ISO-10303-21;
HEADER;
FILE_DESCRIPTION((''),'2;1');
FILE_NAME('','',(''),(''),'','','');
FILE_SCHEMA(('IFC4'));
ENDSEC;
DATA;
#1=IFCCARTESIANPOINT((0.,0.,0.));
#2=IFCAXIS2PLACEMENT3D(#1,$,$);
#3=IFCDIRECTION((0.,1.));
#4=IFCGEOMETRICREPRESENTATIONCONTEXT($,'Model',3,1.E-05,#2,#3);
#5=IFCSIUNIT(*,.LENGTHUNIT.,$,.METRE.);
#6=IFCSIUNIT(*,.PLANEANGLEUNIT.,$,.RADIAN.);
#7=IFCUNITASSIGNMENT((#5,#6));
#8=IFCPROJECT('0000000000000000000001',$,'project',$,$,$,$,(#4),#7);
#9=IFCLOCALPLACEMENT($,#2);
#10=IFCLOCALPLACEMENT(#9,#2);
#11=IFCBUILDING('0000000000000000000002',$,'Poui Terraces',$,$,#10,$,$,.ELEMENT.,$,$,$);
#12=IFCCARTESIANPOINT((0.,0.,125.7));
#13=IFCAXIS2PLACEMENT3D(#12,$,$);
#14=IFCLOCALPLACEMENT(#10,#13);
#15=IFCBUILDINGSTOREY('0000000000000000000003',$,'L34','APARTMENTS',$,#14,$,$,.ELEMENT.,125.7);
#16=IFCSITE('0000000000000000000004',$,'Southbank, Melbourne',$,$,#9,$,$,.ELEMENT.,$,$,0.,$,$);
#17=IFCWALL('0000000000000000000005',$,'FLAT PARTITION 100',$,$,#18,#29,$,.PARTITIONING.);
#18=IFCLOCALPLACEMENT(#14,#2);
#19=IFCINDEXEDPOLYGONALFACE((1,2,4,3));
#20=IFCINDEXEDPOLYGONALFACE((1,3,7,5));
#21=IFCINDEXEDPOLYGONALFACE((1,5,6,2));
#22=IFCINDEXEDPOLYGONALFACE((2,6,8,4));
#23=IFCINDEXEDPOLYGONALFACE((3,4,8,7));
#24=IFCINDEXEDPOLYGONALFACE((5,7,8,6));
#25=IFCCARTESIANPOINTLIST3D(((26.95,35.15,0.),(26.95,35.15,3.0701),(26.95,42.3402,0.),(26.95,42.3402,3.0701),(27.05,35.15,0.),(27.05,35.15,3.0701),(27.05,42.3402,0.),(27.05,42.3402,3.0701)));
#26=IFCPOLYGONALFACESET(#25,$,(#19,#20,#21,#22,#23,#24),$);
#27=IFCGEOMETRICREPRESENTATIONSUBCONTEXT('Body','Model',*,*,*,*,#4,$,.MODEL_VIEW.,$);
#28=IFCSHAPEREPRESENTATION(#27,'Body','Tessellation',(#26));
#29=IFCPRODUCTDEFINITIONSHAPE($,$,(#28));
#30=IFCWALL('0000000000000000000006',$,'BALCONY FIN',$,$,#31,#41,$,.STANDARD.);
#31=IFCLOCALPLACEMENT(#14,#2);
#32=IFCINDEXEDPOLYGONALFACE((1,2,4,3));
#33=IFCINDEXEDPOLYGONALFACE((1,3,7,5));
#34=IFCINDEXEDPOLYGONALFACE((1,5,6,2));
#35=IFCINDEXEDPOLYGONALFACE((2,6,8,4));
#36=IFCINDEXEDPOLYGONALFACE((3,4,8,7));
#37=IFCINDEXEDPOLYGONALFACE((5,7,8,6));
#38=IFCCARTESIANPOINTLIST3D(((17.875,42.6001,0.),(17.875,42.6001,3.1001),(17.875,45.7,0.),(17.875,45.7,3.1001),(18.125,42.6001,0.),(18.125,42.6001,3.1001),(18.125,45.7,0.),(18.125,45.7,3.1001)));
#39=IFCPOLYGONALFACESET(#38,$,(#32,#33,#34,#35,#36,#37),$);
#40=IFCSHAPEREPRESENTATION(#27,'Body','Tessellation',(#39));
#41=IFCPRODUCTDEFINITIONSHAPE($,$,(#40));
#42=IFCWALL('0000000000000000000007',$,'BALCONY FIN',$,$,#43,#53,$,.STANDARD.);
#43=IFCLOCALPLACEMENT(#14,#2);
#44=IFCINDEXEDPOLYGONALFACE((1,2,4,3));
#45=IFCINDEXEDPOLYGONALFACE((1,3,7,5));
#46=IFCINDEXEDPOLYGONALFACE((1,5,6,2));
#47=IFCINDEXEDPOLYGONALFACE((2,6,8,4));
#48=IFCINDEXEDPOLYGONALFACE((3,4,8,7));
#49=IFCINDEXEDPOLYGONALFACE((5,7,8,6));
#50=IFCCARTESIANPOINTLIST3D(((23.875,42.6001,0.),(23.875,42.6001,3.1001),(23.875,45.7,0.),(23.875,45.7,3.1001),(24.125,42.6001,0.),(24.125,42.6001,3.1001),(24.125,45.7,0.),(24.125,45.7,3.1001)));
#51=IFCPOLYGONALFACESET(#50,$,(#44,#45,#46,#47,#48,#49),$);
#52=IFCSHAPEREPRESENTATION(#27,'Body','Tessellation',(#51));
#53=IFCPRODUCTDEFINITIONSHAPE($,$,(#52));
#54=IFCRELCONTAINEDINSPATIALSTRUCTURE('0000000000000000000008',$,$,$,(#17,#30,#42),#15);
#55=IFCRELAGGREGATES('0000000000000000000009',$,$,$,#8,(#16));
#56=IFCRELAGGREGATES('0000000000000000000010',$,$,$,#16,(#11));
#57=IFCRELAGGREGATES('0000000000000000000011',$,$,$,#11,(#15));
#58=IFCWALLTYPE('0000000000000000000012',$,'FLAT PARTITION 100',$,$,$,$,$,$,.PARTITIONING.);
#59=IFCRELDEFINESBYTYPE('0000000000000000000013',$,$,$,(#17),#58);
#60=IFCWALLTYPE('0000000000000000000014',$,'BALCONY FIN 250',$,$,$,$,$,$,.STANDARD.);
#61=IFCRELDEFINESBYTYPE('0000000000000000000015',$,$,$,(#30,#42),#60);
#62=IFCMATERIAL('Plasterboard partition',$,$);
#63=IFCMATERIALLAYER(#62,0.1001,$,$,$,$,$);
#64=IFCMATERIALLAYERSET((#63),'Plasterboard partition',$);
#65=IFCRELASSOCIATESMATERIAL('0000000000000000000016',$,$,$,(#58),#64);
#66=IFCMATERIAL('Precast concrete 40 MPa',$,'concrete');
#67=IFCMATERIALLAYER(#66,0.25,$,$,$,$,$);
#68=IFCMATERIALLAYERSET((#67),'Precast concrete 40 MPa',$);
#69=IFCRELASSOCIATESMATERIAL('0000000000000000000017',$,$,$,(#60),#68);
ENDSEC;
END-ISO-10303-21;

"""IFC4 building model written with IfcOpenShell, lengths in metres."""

from ifc_helpers import new_model, si_unit, direction, frame, frame_2d, origin, place, context, subcontext, project, spatial, polyline, rectangle, outline, extrude, source, transform, mapped, material, layer, layer_set, type_object, element, save


model = new_model("IFC4")

# Units and contexts
model_context = context("Model", 3, precision=1e-05, world=origin(), true_north=direction((0.0, 1.0)))
body_context = subcontext(model_context, "Body", "Model", "MODEL_VIEW")
ifc_project = project(units=[si_unit("LENGTHUNIT", "METRE"), si_unit("PLANEANGLEUNIT", "RADIAN")], contexts=[model_context])

# Site, building, storey
site_placement = place(None, origin())
site = spatial("IfcSite", under=ifc_project, at=site_placement, Name="Southbank, Melbourne", CompositionType="ELEMENT", RefElevation=0.0)
building_placement = place(site_placement, origin())
building = spatial("IfcBuilding", under=site, at=building_placement, Name="Poui Terraces", CompositionType="ELEMENT")
storey_placement = place(building_placement, frame((0.0, 0.0, 125.7)))
storey = spatial("IfcBuildingStorey", under=building, at=storey_placement, Name="L34", Description="APARTMENTS", CompositionType="ELEMENT", Elevation=125.7)

# Shared definitions
ifc_material_1 = material(Name="Plasterboard partition")
ifc_layer_1 = layer(ifc_material_1, 0.1001)
ifc_layer_set_1 = layer_set([ifc_layer_1], Name="Plasterboard partition")
wall_type_1 = type_object("IfcWallType", Name="FLAT PARTITION 100", PredefinedType="PARTITIONING", material=ifc_layer_set_1)

# Walls
wall_1_placement = place(storey_placement, frame((27.0, 35.1499, 0.0), z_axis=(0.0, 0.0, 1.0), x_axis=(0.0, 1.0, 0.0)))
element("IfcWall", 1, at=wall_1_placement, inside=storey, type_object=wall_type_1, Name="FLAT PARTITION 100", PredefinedType="PARTITIONING", context=body_context, shape_type="SweptSolid", body=[
    extrude(rectangle(XDim=7.1902, YDim=0.1001, at=frame_2d((3.5952, 0.0))), origin(), (0.0, 0.0, 1.0), 3.0701),
])
ifc_material_2 = material(Name="Precast concrete 40 MPa", Category="concrete")
ifc_layer_2 = layer(ifc_material_2, 0.25)
ifc_layer_set_2 = layer_set([ifc_layer_2], Name="Precast concrete 40 MPa")
wall_type_2 = type_object("IfcWallType", Name="BALCONY FIN 250", PredefinedType="STANDARD", material=ifc_layer_set_2)
shared_shape_1 = source(origin(), body_context, "Body", "SweptSolid", [
    extrude(outline(polyline([(0.0, 0.0), (0.25, 0.0), (0.25, 3.0999), (0.0, 3.0999), (0.0, 0.0)])), origin(), (0.0, 0.0, 1.0), 3.1001),
])
for number, where, name in (
    (2, (17.875, 42.6001, 0.0), "BALCONY FIN"),
    (3, (23.875, 42.6001, 0.0), "BALCONY FIN"),
):
    element("IfcWall", number, at=place(storey_placement, frame(where)), inside=storey, type_object=wall_type_2, Name=name, PredefinedType="STANDARD", context=body_context, shape_type="MappedRepresentation", body=[
        mapped(shared_shape_1, transform((0.0, 0.0, 0.0))),
    ])

save(model, "model.ifc")
